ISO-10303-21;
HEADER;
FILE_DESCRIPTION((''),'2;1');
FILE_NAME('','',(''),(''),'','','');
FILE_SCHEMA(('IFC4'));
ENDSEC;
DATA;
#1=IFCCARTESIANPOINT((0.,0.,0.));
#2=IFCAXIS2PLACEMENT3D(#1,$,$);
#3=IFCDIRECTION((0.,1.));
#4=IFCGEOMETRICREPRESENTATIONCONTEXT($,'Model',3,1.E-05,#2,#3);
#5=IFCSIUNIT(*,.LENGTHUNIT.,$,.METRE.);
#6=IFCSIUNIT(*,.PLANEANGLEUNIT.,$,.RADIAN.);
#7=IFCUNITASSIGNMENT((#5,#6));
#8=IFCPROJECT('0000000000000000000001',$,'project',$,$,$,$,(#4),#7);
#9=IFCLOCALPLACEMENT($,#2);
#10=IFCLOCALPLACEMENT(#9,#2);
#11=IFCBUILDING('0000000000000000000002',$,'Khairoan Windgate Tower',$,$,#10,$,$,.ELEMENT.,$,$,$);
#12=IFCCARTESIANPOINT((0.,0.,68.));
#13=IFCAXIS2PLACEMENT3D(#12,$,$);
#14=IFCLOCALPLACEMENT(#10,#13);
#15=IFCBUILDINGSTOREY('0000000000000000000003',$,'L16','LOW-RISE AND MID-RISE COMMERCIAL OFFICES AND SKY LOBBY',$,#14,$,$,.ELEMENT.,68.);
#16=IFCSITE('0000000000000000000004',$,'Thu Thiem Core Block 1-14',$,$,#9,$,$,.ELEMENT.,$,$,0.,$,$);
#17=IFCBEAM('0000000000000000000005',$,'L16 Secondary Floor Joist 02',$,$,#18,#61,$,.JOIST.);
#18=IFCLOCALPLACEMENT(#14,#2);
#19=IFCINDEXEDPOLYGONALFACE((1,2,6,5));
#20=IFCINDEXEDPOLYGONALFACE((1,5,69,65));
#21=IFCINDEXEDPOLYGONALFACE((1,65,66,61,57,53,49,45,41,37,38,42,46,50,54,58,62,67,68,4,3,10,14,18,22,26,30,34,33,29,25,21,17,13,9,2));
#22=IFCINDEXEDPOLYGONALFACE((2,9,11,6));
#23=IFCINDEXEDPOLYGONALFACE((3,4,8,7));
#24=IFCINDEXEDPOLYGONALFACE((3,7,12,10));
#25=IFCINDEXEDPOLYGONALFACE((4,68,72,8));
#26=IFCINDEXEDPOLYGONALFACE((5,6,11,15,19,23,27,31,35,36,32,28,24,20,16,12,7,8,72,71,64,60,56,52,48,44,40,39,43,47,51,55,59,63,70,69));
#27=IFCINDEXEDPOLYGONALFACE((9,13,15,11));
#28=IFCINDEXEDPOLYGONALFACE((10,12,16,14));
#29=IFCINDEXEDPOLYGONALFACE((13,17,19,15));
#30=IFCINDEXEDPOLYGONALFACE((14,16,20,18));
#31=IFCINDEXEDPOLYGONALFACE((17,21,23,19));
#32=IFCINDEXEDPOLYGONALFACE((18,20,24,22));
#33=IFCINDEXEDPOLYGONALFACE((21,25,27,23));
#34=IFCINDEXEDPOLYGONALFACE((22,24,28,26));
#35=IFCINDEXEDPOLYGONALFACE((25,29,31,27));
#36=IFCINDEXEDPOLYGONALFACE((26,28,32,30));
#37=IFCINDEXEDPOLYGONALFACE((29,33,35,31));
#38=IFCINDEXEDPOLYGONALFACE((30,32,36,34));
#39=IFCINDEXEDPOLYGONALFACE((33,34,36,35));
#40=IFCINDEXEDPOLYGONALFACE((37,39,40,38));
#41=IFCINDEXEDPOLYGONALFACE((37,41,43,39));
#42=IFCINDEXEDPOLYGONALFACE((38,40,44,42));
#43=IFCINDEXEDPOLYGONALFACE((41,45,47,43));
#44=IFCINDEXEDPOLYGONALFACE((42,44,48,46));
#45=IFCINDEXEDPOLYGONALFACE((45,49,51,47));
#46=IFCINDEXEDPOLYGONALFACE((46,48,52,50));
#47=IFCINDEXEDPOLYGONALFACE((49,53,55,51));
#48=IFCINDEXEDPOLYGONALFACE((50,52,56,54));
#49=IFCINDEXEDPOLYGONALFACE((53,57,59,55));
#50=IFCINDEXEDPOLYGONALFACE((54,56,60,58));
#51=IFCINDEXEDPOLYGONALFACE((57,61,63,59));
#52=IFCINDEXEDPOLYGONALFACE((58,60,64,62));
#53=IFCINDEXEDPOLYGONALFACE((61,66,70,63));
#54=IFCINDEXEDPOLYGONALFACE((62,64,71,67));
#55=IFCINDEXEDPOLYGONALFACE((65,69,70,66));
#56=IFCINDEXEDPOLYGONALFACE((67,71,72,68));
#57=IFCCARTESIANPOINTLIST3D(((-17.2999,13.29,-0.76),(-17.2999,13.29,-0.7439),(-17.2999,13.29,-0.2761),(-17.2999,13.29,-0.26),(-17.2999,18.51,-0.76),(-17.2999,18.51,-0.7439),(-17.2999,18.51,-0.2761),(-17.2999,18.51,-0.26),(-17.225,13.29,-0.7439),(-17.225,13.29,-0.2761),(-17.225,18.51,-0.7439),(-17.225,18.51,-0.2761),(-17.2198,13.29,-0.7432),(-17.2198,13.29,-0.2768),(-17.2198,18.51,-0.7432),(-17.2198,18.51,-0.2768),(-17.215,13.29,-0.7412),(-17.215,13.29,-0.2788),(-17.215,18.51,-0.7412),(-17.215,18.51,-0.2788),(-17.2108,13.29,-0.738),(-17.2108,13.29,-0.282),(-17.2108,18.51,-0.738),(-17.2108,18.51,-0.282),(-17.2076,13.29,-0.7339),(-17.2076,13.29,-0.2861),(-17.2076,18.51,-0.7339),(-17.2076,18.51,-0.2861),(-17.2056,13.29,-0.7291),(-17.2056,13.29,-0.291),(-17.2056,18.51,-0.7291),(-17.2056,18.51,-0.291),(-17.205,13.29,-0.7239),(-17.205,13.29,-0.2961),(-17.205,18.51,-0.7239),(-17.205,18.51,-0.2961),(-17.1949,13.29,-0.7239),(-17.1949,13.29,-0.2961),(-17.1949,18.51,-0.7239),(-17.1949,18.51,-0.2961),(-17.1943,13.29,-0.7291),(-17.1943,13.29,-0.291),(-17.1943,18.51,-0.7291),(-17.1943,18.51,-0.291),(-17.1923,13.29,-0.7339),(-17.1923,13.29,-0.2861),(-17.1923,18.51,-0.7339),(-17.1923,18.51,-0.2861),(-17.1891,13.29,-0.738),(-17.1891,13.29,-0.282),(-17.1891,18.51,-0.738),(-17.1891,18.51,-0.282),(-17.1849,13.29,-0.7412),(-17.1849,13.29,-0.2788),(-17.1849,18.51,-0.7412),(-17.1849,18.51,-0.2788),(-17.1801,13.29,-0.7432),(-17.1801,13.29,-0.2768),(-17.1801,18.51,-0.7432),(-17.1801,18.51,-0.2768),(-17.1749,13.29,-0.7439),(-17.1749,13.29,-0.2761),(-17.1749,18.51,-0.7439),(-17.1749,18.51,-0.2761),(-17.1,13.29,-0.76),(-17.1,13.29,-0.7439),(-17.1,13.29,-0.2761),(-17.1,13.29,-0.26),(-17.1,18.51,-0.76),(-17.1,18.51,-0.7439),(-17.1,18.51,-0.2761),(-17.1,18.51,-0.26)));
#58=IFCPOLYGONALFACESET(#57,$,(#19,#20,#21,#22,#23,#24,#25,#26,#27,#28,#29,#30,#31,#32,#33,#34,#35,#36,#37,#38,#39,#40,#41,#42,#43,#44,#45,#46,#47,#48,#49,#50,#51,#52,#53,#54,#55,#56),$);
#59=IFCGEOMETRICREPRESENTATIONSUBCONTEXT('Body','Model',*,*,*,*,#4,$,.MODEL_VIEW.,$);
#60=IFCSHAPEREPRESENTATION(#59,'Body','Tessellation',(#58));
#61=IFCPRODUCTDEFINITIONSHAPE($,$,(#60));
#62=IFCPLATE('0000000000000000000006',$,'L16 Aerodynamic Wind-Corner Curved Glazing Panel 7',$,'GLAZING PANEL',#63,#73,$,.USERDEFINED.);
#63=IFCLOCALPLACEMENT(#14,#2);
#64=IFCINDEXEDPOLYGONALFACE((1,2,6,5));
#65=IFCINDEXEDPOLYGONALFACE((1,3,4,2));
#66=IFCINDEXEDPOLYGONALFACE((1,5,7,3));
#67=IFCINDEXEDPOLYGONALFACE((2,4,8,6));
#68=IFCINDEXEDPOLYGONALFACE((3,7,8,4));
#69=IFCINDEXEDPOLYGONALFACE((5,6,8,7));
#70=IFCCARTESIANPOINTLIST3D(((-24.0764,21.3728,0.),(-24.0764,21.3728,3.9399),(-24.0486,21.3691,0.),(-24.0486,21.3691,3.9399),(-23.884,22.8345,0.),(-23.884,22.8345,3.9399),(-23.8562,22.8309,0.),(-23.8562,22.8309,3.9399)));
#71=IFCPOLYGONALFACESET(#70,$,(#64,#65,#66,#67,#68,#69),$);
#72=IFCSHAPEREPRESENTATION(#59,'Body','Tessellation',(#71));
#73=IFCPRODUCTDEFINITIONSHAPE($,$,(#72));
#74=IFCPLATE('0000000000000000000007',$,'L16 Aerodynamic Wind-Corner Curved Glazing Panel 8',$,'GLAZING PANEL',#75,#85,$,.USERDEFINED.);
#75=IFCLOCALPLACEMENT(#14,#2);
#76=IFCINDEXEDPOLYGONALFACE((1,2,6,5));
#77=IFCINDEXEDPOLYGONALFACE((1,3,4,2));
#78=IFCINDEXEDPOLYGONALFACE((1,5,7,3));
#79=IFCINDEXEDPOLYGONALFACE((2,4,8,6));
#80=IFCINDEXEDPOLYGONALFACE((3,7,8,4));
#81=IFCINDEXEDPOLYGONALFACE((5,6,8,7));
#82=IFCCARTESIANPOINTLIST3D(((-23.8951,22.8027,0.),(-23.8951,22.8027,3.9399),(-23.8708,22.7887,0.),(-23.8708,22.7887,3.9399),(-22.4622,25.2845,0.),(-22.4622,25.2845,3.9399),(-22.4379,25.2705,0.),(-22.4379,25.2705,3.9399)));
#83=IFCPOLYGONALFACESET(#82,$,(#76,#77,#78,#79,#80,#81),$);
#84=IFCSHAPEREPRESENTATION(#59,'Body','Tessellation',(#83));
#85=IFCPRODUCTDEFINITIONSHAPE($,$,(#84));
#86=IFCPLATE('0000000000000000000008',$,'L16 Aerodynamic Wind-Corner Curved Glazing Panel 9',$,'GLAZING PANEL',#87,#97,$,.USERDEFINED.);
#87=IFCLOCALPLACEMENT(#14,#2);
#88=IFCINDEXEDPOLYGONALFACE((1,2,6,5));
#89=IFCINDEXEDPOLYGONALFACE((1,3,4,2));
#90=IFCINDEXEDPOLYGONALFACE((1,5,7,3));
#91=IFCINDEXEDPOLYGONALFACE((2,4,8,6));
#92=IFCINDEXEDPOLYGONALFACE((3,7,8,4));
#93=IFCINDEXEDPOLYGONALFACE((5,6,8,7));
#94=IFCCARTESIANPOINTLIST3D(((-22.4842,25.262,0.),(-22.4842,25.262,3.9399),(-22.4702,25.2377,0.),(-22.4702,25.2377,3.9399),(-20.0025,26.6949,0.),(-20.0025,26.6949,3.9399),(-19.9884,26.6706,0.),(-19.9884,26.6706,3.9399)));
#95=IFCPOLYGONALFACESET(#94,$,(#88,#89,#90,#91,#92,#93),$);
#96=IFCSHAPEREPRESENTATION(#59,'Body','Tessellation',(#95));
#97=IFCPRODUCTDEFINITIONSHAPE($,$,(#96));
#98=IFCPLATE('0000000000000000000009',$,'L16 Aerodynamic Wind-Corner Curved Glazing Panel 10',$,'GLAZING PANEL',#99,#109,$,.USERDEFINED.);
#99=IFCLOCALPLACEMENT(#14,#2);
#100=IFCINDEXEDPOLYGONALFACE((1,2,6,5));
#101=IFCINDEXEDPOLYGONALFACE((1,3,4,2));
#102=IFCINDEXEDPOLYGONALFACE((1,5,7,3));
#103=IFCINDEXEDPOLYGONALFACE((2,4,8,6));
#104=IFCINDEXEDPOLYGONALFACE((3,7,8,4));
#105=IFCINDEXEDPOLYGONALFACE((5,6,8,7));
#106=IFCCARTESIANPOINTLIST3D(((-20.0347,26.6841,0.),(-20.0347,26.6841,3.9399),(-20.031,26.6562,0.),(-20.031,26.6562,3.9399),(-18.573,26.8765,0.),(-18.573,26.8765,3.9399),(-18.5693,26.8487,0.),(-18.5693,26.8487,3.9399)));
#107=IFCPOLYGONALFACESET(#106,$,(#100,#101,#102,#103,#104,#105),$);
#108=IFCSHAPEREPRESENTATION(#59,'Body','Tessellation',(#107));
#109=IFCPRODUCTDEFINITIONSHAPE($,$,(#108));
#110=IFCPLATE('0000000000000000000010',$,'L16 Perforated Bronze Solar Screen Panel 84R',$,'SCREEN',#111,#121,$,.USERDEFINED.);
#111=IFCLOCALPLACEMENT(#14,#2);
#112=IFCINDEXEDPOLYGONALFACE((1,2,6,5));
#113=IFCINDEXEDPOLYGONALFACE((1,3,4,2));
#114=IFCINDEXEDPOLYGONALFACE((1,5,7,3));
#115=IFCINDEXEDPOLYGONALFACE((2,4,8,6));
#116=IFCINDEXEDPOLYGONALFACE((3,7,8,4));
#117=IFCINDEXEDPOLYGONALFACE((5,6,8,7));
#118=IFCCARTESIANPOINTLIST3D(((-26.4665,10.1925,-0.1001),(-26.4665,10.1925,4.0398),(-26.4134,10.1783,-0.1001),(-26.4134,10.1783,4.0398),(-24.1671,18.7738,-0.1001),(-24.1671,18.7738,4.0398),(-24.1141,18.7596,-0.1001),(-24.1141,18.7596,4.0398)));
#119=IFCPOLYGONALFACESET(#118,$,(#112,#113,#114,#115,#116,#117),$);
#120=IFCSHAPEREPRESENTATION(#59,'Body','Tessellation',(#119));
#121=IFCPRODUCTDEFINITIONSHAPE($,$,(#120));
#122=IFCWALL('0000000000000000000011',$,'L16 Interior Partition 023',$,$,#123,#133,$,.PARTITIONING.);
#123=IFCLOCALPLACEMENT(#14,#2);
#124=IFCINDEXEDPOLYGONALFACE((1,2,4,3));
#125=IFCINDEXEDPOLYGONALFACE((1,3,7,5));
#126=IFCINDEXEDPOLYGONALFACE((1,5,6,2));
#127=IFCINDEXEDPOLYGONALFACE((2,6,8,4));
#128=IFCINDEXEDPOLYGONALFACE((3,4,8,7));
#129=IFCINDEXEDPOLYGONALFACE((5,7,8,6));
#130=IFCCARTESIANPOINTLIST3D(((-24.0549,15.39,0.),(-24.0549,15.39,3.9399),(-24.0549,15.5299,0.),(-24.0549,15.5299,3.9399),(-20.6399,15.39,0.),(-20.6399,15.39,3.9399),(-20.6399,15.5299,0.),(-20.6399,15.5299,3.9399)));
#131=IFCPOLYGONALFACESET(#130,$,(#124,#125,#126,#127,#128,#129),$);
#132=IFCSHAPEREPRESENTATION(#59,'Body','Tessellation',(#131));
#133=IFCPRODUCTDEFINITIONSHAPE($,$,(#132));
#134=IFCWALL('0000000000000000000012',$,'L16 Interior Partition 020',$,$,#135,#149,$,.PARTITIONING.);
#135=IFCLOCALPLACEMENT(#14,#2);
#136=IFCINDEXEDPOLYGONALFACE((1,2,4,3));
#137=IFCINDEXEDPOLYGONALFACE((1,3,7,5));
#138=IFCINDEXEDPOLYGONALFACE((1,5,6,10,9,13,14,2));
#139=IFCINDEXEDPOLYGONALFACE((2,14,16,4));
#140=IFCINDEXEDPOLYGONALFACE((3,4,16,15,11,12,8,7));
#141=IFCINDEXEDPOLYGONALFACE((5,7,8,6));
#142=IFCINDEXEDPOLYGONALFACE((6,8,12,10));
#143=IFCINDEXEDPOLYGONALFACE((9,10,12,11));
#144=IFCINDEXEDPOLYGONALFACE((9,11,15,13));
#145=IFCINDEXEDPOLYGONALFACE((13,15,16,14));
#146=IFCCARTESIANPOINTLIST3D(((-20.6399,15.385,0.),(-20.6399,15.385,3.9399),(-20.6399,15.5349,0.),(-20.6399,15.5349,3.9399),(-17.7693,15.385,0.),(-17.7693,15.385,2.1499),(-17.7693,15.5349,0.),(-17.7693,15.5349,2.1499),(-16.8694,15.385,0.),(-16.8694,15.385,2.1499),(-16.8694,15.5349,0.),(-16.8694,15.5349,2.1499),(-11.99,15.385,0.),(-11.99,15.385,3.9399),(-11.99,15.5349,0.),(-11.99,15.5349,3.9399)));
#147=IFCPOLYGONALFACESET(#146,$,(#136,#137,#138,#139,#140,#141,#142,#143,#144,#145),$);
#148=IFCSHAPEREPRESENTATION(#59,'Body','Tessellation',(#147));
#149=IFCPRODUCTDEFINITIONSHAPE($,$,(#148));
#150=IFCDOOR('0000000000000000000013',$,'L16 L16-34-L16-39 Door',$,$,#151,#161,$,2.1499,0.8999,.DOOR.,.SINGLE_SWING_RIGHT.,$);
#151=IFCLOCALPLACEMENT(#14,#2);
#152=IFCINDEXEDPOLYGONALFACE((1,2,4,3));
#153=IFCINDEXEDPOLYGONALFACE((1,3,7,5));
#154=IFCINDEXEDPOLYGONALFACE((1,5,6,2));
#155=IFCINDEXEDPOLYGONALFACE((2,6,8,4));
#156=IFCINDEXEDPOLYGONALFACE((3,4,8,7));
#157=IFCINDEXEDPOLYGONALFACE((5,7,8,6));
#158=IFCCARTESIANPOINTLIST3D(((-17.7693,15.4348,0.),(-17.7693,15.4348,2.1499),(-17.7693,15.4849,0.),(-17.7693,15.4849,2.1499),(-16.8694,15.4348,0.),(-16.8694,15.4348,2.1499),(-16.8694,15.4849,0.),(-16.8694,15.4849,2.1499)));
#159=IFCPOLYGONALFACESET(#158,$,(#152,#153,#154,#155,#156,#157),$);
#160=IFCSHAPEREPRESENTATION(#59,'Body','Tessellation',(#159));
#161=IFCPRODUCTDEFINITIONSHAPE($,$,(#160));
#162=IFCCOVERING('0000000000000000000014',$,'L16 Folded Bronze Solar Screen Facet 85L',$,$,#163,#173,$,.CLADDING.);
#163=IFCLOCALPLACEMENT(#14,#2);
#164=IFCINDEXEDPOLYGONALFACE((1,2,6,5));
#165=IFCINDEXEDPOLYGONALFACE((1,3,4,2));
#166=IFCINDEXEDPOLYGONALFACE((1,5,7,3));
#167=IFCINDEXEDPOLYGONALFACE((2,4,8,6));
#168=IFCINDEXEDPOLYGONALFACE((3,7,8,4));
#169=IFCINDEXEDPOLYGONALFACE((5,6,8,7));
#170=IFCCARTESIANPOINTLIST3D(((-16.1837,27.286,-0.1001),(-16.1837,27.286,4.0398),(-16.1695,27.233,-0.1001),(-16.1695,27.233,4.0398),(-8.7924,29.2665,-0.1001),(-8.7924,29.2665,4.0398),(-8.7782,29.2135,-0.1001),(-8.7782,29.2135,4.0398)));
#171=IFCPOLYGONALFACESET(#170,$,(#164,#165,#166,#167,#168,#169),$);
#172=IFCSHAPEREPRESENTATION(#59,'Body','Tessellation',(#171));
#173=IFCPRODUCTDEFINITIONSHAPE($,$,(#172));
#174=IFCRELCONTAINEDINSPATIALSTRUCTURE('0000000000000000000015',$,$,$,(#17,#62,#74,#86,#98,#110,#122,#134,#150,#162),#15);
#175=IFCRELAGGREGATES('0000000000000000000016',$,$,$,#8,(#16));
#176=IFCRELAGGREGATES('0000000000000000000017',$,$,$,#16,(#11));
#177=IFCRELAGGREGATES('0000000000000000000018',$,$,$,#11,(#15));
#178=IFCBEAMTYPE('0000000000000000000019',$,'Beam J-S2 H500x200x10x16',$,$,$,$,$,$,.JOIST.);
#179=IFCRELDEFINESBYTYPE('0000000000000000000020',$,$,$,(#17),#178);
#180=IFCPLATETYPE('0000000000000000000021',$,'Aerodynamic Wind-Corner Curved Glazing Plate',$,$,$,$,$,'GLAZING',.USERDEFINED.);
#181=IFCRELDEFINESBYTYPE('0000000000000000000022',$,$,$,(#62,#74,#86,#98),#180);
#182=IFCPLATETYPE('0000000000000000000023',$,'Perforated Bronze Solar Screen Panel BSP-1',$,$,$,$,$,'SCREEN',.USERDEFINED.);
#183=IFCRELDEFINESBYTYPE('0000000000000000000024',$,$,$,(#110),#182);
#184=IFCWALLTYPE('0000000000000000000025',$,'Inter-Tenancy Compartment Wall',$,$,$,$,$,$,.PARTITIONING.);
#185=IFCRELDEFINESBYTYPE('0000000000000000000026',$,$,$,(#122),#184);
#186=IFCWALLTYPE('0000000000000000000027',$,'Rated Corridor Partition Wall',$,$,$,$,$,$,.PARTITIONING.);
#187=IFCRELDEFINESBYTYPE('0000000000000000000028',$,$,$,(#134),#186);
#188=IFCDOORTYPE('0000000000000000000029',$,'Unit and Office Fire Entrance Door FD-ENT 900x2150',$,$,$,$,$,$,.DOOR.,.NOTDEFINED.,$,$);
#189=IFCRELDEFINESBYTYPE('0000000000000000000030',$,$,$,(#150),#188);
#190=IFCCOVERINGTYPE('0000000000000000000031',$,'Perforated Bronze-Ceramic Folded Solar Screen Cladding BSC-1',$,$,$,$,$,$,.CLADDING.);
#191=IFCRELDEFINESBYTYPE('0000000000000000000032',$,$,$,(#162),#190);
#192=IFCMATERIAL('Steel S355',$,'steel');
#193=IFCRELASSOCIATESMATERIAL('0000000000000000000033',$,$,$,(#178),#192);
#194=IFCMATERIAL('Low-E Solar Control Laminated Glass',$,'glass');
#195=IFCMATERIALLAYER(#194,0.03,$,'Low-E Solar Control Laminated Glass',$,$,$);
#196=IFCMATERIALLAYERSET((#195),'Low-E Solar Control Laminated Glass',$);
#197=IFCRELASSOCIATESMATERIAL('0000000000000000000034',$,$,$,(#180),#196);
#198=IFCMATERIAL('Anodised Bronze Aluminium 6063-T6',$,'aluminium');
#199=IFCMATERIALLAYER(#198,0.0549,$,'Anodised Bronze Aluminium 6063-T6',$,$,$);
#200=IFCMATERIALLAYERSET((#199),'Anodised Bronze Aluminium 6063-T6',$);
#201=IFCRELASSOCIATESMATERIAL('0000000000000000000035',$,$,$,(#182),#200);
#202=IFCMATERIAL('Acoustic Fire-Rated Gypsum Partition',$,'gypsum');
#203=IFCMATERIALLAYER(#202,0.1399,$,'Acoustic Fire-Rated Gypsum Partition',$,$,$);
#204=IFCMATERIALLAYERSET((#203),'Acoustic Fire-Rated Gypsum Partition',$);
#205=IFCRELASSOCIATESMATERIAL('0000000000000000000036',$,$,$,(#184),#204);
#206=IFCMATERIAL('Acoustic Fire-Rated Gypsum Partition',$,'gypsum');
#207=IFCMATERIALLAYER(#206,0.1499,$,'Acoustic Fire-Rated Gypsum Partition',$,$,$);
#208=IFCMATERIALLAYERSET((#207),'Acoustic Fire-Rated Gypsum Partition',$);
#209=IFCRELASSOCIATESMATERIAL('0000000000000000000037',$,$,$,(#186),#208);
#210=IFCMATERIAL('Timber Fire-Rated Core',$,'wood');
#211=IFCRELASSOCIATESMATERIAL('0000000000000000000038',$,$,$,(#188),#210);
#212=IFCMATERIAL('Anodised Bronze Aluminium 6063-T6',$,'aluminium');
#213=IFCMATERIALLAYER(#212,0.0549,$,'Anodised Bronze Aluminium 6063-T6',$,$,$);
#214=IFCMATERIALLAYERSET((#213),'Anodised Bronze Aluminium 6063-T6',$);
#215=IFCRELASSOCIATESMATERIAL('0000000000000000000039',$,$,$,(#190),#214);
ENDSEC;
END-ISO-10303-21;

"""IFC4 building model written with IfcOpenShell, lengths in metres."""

from ifc_helpers import new_model, si_unit, direction, frame, frame_2d, origin, origin_2d, place, context, subcontext, project, spatial, rectangle, i_section, extrude, material, layer, layer_set, material_profile, profile_set, type_object, element, fill, save


model = new_model("IFC4")

# Units and contexts
model_context = context("Model", 3, precision=1e-05, world=origin(), true_north=direction((0.0, 1.0)))
body_context = subcontext(model_context, "Body", "Model", "MODEL_VIEW")
ifc_project = project(units=[si_unit("LENGTHUNIT", "METRE"), si_unit("PLANEANGLEUNIT", "RADIAN")], contexts=[model_context])

# Site, building, storey
site_placement = place(None, origin())
site = spatial("IfcSite", under=ifc_project, at=site_placement, Name="Thu Thiem Core Block 1-14", CompositionType="ELEMENT", RefElevation=0.0)
building_placement = place(site_placement, origin())
building = spatial("IfcBuilding", under=site, at=building_placement, Name="Khairoan Windgate Tower", CompositionType="ELEMENT")
storey_placement = place(building_placement, frame((0.0, 0.0, 68.0)))
storey = spatial("IfcBuildingStorey", under=building, at=storey_placement, Name="L16", Description="LOW-RISE AND MID-RISE COMMERCIAL OFFICES AND SKY LOBBY", CompositionType="ELEMENT", Elevation=68.0)

# Beam
ifc_material_1 = material(Name="Steel S355", Category="steel")
ifc_material_profile_1 = material_profile(ifc_material_1, i_section(OverallWidth=0.2, OverallDepth=0.5, WebThickness=0.01, FlangeThickness=0.0161, FilletRadius=0.02, at=origin_2d()))
ifc_profile_set_1 = profile_set([ifc_material_profile_1], Name="Steel S355")
beam_type_1 = type_object("IfcBeamType", Name="Beam J-S2 H500x200x10x16", PredefinedType="JOIST", material=ifc_profile_set_1)
beam_1_placement = place(storey_placement, frame((-17.2, 13.29, -0.51), z_axis=(0.0, 1.0, 0.0), x_axis=(-1.0, 0.0, 0.0)))
element("IfcBeam", 1, at=beam_1_placement, inside=storey, type_object=beam_type_1, Name="L16 Secondary Floor Joist 02", PredefinedType="JOIST", context=body_context, shape_type="SweptSolid", body=[
    extrude(i_section(OverallWidth=0.2, OverallDepth=0.5, WebThickness=0.01, FlangeThickness=0.0161, FilletRadius=0.02, at=origin_2d()), origin(), (0.0, 0.0, 1.0), 5.22),
])

# Plates
ifc_material_2 = material(Name="Low-E Solar Control Laminated Glass", Category="glass")
ifc_layer_1 = layer(ifc_material_2, 0.03, Name="Low-E Solar Control Laminated Glass")
ifc_layer_set_1 = layer_set([ifc_layer_1], Name="Low-E Solar Control Laminated Glass")
plate_type_1 = type_object("IfcPlateType", Name="Aerodynamic Wind-Corner Curved Glazing Plate", ElementType="GLAZING", PredefinedType="USERDEFINED", material=ifc_layer_set_1)
plate_1_placement = place(storey_placement, frame((-23.9663, 22.1018, 0.0), z_axis=(0.0, 0.0, 1.0), x_axis=(0.130526, 0.991445, 0.0)))
element("IfcPlate", 2, at=plate_1_placement, inside=storey, type_object=plate_type_1, Name="L16 Aerodynamic Wind-Corner Curved Glazing Panel 7", ObjectType="GLAZING PANEL", PredefinedType="USERDEFINED", context=body_context, shape_type="SweptSolid", body=[
    extrude(rectangle(XDim=1.4744, YDim=0.0281, at=origin_2d()), origin(), (0.0, 0.0, 1.0), 3.9399),
])
for number, where, z_axis, x_axis, name in (
    (3, (-23.1665, 24.0366, 0.0), (0.0, 0.0, 1.0), (0.5, 0.866025, 0.0), "L16 Aerodynamic Wind-Corner Curved Glazing Panel 8"),
    (4, (-21.2363, 25.9663, 0.0), (0.0, 0.0, 1.0), (0.866025, 0.5, 0.0), "L16 Aerodynamic Wind-Corner Curved Glazing Panel 9"),
):
    element("IfcPlate", number, at=place(storey_placement, frame(where, z_axis=z_axis, x_axis=x_axis)), inside=storey, type_object=plate_type_1, Name=name, ObjectType="GLAZING PANEL", PredefinedType="USERDEFINED", context=body_context, shape_type="SweptSolid", body=[
        extrude(rectangle(XDim=2.8657, YDim=0.0281, at=origin_2d()), origin(), (0.0, 0.0, 1.0), 3.9399),
    ])
plate_2_placement = place(storey_placement, frame((-19.302, 26.7664, 0.0), z_axis=(0.0, 0.0, 1.0), x_axis=(0.991445, 0.130526, 0.0)))
element("IfcPlate", 5, at=plate_2_placement, inside=storey, type_object=plate_type_1, Name="L16 Aerodynamic Wind-Corner Curved Glazing Panel 10", ObjectType="GLAZING PANEL", PredefinedType="USERDEFINED", context=body_context, shape_type="SweptSolid", body=[
    extrude(rectangle(XDim=1.4744, YDim=0.0281, at=origin_2d()), origin(), (0.0, 0.0, 1.0), 3.9399),
])

# Plate
ifc_material_3 = material(Name="Anodised Bronze Aluminium 6063-T6", Category="aluminium")
ifc_layer_2 = layer(ifc_material_3, 0.0549, Name="Anodised Bronze Aluminium 6063-T6")
ifc_layer_set_2 = layer_set([ifc_layer_2], Name="Anodised Bronze Aluminium 6063-T6")
plate_type_2 = type_object("IfcPlateType", Name="Perforated Bronze Solar Screen Panel BSP-1", ElementType="SCREEN", PredefinedType="USERDEFINED", material=ifc_layer_set_2)
plate_3_placement = place(storey_placement, frame((-25.2903, 14.4761, -0.1001), z_axis=(0.0, 0.0, 1.0), x_axis=(0.258819, 0.965926, 0.0)))
element("IfcPlate", 6, at=plate_3_placement, inside=storey, type_object=plate_type_2, Name="L16 Perforated Bronze Solar Screen Panel 84R", ObjectType="SCREEN", PredefinedType="USERDEFINED", context=body_context, shape_type="SweptSolid", body=[
    extrude(rectangle(XDim=8.884, YDim=0.0549, at=origin_2d()), origin(), (0.0, 0.0, 1.0), 4.1399),
])

# Wall
ifc_material_4 = material(Name="Acoustic Fire-Rated Gypsum Partition", Category="gypsum")
ifc_layer_3 = layer(ifc_material_4, 0.1399, Name="Acoustic Fire-Rated Gypsum Partition")
ifc_layer_set_3 = layer_set([ifc_layer_3], Name="Acoustic Fire-Rated Gypsum Partition")
wall_type_1 = type_object("IfcWallType", Name="Inter-Tenancy Compartment Wall", PredefinedType="PARTITIONING", material=ifc_layer_set_3)
wall_1_placement = place(storey_placement, frame((-24.0549, 15.46, 0.0), z_axis=(0.0, 0.0, 1.0), x_axis=(1.0, 0.0, 0.0)))
element("IfcWall", 7, at=wall_1_placement, inside=storey, type_object=wall_type_1, Name="L16 Interior Partition 023", PredefinedType="PARTITIONING", context=body_context, shape_type="SweptSolid", body=[
    extrude(rectangle(XDim=3.415, YDim=0.1399, at=frame_2d((1.7075, 0.0))), origin(), (0.0, 0.0, 1.0), 3.9399),
])

# Wall, opening, door
ifc_material_5 = material(Name="Acoustic Fire-Rated Gypsum Partition", Category="gypsum")
ifc_layer_4 = layer(ifc_material_5, 0.1499, Name="Acoustic Fire-Rated Gypsum Partition")
ifc_layer_set_4 = layer_set([ifc_layer_4], Name="Acoustic Fire-Rated Gypsum Partition")
wall_type_2 = type_object("IfcWallType", Name="Rated Corridor Partition Wall", PredefinedType="PARTITIONING", material=ifc_layer_set_4)
ifc_material_6 = material(Name="Timber Fire-Rated Core", Category="wood")
door_type = type_object("IfcDoorType", Name="Unit and Office Fire Entrance Door FD-ENT 900x2150", OperationType="NOTDEFINED", PredefinedType="DOOR", material=ifc_material_6)
wall_2_placement = place(storey_placement, frame((-20.6399, 15.46, 0.0), z_axis=(0.0, 0.0, 1.0), x_axis=(1.0, 0.0, 0.0)))
wall_2 = element("IfcWall", 8, at=wall_2_placement, inside=storey, type_object=wall_type_2, Name="L16 Interior Partition 020", PredefinedType="PARTITIONING", context=body_context, shape_type="SweptSolid", body=[
    extrude(rectangle(XDim=8.6499, YDim=0.1499, at=frame_2d((4.325, 0.0))), origin(), (0.0, 0.0, 1.0), 3.9399),
])
opening_1_placement = place(wall_2_placement, frame((2.8706, 0.0, 0.0)))
opening_1 = element("IfcOpeningElement", 9, at=opening_1_placement, cuts=wall_2, PredefinedType="OPENING", context=body_context, shape_type="SweptSolid", body=[
    extrude(rectangle(XDim=0.8999, YDim=2.1499, at=frame_2d((0.45, 1.075))), frame((0.0, 0.085, 0.0), z_axis=(0.0, -1.0, 0.0), x_axis=(1.0, 0.0, 0.0)), (0.0, 0.0, 1.0), 0.1699),
])
door_1_placement = place(opening_1_placement, origin())
door_1 = element("IfcDoor", 10, at=door_1_placement, inside=storey, type_object=door_type, Name="L16 L16-34-L16-39 Door", OperationType="SINGLE_SWING_RIGHT", OverallHeight=2.1499, OverallWidth=0.8999, PredefinedType="DOOR", context=body_context, shape_type="SweptSolid", body=[
    extrude(rectangle(XDim=0.8999, YDim=2.1499, at=frame_2d((0.45, 1.075))), frame((0.0, 0.0249, 0.0), z_axis=(0.0, -1.0, 0.0), x_axis=(1.0, 0.0, 0.0)), (0.0, 0.0, 1.0), 0.05),
])
fill(opening_1, door_1)

# Covering
ifc_material_7 = material(Name="Anodised Bronze Aluminium 6063-T6", Category="aluminium")
ifc_layer_5 = layer(ifc_material_7, 0.0549, Name="Anodised Bronze Aluminium 6063-T6")
ifc_layer_set_5 = layer_set([ifc_layer_5], Name="Anodised Bronze Aluminium 6063-T6")
covering_type = type_object("IfcCoveringType", Name="Perforated Bronze-Ceramic Folded Solar Screen Cladding BSC-1", PredefinedType="CLADDING", material=ifc_layer_set_5)
covering_placement = place(storey_placement, frame((-12.481, 28.2498, -0.1001), z_axis=(0.0, 0.0, 1.0), x_axis=(0.965926, 0.258819, 0.0)))
element("IfcCovering", 11, at=covering_placement, inside=storey, type_object=covering_type, Name="L16 Folded Bronze Solar Screen Facet 85L", PredefinedType="CLADDING", context=body_context, shape_type="SweptSolid", body=[
    extrude(rectangle(XDim=7.6521, YDim=0.0549, at=origin_2d()), origin(), (0.0, 0.0, 1.0), 4.1399),
])

save(model, "model.ifc")
